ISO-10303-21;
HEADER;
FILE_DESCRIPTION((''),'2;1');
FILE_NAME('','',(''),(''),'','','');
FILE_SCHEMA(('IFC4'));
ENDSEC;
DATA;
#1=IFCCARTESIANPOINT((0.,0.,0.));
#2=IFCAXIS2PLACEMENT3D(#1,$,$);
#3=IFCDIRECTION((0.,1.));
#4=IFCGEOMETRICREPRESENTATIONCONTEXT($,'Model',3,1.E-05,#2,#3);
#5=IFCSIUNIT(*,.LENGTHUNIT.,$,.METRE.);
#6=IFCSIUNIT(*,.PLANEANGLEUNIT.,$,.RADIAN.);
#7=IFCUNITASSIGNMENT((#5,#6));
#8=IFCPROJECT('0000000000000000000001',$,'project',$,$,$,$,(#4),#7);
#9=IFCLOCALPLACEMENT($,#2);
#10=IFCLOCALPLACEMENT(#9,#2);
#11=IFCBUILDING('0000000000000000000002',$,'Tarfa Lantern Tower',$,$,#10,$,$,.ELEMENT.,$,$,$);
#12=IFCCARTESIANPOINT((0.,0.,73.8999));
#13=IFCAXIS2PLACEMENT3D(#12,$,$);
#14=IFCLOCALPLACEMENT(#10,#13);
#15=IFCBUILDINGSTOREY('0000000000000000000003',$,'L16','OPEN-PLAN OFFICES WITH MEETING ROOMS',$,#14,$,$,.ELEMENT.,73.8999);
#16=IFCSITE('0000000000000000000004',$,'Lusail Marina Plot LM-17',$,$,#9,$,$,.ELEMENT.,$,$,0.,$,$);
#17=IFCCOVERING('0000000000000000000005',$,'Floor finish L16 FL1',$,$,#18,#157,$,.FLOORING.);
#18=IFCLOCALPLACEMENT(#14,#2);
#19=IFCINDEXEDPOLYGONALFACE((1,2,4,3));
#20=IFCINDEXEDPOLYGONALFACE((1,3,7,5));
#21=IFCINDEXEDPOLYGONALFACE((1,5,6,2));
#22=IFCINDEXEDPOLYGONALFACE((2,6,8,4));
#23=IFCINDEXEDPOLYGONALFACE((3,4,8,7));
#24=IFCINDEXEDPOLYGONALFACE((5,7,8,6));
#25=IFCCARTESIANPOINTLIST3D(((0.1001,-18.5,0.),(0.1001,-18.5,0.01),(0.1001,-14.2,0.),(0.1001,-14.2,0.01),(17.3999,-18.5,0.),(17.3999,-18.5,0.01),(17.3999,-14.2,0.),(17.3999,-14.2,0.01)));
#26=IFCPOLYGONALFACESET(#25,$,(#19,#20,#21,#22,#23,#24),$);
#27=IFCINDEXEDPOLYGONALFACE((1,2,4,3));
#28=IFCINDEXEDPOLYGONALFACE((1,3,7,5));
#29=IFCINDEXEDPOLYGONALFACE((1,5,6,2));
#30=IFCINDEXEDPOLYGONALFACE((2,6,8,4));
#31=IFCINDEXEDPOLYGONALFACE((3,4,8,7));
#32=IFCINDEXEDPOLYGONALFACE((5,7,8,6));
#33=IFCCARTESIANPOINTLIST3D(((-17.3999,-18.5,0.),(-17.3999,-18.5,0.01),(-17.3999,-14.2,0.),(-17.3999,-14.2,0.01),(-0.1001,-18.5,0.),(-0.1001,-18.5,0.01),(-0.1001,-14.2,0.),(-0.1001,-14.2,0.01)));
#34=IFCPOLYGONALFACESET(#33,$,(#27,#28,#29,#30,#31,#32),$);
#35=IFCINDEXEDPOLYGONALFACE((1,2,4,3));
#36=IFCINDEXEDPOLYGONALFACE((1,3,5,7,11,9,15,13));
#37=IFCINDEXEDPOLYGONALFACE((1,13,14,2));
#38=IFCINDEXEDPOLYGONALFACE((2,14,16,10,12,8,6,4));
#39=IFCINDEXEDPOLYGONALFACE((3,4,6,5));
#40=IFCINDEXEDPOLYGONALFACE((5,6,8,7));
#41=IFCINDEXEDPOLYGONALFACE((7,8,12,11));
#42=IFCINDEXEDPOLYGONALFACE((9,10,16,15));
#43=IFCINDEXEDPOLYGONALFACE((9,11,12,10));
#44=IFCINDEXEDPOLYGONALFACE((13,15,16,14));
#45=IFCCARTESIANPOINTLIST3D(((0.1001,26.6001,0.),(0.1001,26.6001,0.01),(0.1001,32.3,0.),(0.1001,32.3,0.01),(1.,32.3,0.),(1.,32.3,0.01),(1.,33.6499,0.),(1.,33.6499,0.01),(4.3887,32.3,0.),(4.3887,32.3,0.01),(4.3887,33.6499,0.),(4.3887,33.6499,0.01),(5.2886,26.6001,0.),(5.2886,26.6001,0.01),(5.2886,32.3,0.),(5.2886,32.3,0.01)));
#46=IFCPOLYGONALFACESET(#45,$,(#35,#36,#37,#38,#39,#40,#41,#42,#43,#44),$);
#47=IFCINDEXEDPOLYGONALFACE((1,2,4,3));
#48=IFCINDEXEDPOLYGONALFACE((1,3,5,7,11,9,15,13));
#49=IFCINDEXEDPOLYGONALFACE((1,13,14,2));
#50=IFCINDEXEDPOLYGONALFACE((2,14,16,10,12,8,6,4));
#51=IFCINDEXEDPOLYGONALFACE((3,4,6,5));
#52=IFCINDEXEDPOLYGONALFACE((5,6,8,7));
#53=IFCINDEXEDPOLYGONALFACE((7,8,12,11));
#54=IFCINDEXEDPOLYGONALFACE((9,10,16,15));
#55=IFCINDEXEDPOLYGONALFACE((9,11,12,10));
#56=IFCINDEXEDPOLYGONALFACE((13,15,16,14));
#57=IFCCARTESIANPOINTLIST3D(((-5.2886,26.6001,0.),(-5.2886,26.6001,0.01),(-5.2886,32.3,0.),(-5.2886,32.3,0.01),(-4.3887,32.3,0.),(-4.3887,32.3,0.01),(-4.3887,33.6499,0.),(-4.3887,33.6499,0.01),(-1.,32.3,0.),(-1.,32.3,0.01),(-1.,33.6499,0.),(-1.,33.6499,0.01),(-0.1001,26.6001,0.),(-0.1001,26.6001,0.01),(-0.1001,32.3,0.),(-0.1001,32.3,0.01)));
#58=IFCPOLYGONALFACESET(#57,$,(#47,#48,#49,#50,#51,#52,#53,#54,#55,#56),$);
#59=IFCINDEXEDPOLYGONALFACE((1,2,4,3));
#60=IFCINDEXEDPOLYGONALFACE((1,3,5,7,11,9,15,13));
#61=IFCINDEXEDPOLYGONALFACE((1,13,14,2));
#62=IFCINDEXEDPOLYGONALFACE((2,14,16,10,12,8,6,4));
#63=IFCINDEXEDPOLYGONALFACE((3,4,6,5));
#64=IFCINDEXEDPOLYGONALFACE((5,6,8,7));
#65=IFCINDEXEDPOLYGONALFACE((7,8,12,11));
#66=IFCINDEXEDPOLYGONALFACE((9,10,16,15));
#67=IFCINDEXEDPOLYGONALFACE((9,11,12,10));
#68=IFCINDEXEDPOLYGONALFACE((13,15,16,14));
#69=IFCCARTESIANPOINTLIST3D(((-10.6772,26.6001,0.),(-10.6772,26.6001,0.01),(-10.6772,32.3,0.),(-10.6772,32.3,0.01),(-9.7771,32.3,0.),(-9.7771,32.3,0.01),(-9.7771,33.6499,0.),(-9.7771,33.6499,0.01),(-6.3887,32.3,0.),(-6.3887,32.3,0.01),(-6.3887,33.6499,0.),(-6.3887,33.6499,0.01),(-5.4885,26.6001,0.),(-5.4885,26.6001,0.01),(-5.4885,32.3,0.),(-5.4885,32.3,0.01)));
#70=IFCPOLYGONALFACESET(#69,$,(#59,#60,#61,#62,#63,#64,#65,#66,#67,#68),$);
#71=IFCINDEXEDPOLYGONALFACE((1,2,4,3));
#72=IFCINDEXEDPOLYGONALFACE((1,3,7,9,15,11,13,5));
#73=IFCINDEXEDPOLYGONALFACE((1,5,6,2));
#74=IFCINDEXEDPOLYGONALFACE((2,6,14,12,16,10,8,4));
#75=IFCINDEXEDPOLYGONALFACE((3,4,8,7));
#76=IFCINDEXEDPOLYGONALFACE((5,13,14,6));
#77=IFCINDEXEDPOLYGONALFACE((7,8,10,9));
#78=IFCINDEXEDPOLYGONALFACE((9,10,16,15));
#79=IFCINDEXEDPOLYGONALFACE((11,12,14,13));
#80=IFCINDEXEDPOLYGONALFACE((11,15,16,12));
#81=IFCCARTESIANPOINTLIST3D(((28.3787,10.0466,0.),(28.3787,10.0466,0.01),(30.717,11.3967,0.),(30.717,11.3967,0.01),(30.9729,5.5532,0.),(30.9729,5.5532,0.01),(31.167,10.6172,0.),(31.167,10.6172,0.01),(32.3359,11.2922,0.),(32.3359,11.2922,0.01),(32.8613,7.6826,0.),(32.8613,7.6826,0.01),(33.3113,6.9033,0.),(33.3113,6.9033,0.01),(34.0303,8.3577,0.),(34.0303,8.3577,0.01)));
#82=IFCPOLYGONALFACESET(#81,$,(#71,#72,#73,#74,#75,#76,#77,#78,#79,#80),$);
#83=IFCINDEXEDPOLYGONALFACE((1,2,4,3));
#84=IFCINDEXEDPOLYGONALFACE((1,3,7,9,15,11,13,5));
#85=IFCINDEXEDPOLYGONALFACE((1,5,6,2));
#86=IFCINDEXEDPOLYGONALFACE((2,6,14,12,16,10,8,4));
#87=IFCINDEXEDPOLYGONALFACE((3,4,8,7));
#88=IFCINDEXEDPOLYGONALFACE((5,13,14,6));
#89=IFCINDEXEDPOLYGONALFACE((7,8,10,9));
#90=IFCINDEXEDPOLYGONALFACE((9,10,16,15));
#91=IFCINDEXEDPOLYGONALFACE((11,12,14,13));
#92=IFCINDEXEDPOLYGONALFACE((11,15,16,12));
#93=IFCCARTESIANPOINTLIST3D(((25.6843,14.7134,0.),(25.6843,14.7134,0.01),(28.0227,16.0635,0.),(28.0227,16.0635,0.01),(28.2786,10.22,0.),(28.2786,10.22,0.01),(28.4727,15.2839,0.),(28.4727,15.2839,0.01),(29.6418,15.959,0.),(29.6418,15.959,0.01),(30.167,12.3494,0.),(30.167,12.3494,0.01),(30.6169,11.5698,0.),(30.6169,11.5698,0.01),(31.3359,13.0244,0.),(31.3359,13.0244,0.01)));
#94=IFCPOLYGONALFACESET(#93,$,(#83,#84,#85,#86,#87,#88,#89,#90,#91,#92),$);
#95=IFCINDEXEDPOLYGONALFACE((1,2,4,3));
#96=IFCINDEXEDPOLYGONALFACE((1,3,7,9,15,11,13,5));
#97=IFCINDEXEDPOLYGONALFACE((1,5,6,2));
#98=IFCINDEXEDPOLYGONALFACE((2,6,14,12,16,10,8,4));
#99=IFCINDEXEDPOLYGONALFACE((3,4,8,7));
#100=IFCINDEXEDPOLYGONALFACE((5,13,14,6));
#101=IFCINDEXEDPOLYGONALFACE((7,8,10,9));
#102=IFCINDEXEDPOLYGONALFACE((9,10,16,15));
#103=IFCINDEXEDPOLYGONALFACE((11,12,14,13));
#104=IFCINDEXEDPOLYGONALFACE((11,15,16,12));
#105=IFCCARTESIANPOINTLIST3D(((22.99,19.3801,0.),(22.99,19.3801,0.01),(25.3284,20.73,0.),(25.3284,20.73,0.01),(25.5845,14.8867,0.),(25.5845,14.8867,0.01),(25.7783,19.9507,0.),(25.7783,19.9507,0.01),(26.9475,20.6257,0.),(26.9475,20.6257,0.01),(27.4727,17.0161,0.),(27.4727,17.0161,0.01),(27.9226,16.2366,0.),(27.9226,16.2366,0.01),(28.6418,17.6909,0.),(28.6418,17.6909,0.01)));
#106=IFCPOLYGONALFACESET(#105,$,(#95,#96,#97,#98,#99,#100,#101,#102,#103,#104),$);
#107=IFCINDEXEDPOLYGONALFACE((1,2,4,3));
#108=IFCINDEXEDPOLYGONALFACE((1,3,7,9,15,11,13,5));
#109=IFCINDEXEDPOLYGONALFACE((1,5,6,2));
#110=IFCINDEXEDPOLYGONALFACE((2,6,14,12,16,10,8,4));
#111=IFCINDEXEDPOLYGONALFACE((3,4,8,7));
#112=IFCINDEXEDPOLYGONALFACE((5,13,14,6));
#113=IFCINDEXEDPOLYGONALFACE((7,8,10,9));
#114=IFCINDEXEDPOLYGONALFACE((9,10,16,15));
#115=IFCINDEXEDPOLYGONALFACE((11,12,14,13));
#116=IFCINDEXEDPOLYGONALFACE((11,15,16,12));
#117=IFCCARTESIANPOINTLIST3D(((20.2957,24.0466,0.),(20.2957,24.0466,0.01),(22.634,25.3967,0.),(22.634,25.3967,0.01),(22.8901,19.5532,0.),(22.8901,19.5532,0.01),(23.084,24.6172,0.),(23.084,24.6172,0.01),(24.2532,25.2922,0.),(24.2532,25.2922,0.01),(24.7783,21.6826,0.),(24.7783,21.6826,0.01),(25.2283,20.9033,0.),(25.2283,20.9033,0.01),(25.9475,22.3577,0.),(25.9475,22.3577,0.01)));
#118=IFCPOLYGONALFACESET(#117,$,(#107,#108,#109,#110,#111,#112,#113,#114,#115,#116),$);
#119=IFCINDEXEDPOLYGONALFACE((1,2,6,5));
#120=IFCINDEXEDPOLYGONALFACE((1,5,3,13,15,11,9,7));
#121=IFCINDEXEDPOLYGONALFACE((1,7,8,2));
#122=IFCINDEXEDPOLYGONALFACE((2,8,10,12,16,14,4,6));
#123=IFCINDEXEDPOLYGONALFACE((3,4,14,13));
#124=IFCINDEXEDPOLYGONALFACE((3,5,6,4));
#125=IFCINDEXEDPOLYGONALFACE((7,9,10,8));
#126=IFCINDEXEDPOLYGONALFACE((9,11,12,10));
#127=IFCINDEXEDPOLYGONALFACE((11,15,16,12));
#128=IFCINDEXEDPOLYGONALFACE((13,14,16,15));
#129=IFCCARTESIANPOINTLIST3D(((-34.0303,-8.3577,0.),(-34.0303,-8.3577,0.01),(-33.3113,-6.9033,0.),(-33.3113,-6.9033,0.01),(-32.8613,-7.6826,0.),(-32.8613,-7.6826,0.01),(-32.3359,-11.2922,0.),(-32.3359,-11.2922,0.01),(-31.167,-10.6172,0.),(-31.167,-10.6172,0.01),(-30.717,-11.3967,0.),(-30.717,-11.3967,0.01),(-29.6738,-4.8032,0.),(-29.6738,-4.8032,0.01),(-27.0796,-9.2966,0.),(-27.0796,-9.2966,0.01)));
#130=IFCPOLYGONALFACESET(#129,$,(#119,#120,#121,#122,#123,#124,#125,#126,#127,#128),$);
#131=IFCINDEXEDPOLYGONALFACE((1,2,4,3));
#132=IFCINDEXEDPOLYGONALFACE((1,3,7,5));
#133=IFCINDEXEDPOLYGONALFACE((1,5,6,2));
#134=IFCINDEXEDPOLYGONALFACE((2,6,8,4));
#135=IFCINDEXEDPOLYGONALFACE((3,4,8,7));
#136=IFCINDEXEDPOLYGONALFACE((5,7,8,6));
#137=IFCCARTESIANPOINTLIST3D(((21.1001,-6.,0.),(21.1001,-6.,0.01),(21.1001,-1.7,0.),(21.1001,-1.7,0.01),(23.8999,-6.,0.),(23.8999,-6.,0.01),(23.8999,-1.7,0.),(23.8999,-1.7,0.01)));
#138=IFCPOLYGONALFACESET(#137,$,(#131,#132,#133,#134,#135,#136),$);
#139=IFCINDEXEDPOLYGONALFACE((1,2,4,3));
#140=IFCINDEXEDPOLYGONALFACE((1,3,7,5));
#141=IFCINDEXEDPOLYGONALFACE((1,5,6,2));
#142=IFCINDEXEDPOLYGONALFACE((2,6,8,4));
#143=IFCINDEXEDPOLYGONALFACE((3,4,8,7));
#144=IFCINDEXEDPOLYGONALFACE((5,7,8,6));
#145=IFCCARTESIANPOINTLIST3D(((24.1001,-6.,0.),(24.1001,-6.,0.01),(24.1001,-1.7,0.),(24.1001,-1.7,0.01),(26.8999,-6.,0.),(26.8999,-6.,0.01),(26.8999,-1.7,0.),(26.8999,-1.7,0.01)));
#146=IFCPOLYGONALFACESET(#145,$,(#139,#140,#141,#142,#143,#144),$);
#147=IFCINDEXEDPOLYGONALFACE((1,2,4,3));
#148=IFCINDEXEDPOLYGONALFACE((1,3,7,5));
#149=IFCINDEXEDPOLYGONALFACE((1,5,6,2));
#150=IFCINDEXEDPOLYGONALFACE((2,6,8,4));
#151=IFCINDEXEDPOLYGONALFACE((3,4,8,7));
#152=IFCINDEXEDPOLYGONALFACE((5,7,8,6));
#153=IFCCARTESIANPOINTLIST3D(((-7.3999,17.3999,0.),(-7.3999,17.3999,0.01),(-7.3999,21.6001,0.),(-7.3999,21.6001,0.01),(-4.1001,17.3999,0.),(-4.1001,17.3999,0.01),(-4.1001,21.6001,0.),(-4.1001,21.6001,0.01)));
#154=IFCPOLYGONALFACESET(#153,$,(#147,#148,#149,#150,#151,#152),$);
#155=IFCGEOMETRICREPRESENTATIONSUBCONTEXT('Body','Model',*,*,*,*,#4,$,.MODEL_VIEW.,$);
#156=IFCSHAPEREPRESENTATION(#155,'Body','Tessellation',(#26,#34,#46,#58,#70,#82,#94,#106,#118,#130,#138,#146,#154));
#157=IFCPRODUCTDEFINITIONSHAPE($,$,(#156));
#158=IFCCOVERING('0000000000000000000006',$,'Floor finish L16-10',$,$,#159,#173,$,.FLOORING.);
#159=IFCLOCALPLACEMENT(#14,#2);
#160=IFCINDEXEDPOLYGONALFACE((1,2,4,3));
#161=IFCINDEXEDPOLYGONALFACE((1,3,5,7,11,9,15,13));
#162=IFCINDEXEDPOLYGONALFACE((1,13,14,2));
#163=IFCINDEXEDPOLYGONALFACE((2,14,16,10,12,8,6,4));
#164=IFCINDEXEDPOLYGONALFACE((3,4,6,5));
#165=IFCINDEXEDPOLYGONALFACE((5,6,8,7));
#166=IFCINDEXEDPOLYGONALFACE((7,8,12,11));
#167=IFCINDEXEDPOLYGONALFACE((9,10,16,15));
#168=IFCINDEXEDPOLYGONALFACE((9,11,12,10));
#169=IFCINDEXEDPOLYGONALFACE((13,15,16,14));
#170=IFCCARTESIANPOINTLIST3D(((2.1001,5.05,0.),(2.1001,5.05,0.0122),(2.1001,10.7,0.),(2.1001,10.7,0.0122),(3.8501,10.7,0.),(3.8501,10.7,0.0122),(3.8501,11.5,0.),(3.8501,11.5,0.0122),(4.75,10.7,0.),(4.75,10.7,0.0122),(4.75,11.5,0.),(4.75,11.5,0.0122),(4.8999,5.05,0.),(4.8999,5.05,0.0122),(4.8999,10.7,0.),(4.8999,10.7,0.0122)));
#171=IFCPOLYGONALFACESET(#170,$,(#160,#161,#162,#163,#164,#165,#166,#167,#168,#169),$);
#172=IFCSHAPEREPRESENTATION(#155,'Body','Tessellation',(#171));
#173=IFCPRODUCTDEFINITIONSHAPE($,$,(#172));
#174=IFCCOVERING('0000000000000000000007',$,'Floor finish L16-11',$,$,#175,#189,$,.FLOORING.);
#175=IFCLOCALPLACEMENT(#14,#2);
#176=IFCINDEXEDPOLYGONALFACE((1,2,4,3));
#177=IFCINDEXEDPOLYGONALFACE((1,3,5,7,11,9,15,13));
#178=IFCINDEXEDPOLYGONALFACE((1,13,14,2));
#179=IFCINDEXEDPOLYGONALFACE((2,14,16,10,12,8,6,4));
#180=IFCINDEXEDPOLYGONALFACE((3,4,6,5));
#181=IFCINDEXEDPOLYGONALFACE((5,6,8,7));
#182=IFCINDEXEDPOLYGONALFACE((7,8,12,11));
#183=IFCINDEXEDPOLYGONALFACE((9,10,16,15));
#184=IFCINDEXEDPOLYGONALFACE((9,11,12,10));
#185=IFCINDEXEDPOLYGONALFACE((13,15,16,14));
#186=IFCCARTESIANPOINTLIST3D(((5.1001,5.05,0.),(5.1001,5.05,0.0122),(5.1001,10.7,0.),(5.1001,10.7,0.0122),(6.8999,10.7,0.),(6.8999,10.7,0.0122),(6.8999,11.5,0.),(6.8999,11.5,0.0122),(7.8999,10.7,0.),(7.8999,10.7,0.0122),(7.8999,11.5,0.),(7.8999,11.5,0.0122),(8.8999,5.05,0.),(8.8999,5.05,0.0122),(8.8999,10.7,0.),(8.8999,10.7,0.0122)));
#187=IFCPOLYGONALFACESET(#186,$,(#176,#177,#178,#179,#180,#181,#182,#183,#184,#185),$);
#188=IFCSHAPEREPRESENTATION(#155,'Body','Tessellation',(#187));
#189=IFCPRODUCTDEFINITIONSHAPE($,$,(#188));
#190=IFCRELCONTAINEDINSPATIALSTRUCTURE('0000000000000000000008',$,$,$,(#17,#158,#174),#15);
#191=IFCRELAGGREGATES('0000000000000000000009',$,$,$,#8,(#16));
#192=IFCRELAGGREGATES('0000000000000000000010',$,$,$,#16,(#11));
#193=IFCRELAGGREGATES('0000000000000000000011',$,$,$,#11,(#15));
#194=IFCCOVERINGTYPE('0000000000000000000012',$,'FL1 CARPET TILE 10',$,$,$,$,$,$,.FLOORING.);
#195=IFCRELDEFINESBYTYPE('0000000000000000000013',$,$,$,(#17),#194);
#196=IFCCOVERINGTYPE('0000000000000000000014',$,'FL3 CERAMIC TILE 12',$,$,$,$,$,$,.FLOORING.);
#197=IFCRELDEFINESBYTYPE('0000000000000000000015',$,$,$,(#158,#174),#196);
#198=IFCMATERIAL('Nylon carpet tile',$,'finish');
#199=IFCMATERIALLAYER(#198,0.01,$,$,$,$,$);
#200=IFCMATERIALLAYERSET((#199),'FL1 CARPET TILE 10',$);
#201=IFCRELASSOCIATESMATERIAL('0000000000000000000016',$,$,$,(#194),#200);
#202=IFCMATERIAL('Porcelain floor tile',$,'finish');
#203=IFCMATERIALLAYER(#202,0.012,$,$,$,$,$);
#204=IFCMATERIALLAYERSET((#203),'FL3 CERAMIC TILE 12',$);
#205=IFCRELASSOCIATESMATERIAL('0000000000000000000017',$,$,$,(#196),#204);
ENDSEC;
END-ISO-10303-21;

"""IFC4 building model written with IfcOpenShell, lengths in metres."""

from ifc_helpers import new_model, si_unit, direction, frame, origin, place, context, subcontext, project, spatial, polyline, outline, extrude, material, layer, layer_set, type_object, element, save


model = new_model("IFC4")

# Units and contexts
model_context = context("Model", 3, precision=1e-05, world=origin(), true_north=direction((0.0, 1.0)))
body_context = subcontext(model_context, "Body", "Model", "MODEL_VIEW")
ifc_project = project(units=[si_unit("LENGTHUNIT", "METRE"), si_unit("PLANEANGLEUNIT", "RADIAN")], contexts=[model_context])

# Site, building, storey
site_placement = place(None, origin())
site = spatial("IfcSite", under=ifc_project, at=site_placement, Name="Lusail Marina Plot LM-17", CompositionType="ELEMENT", RefElevation=0.0)
building_placement = place(site_placement, origin())
building = spatial("IfcBuilding", under=site, at=building_placement, Name="Tarfa Lantern Tower", CompositionType="ELEMENT")
storey_placement = place(building_placement, frame((0.0, 0.0, 73.8999)))
storey = spatial("IfcBuildingStorey", under=building, at=storey_placement, Name="L16", Description="OPEN-PLAN OFFICES WITH MEETING ROOMS", CompositionType="ELEMENT", Elevation=73.8999)

# Coverings
ifc_material_1 = material(Name="Nylon carpet tile", Category="finish")
ifc_layer_1 = layer(ifc_material_1, 0.01)
ifc_layer_set_1 = layer_set([ifc_layer_1], Name="FL1 CARPET TILE 10")
covering_type_1 = type_object("IfcCoveringType", Name="FL1 CARPET TILE 10", PredefinedType="FLOORING", material=ifc_layer_set_1)
covering_1_placement = place(storey_placement, origin())
element("IfcCovering", 1, at=covering_1_placement, inside=storey, type_object=covering_type_1, Name="Floor finish L16 FL1", PredefinedType="FLOORING", context=body_context, shape_type="SweptSolid", body=[
    extrude(outline(polyline([(0.1001, -14.2), (17.3999, -14.2), (17.3999, -18.5), (0.1001, -18.5), (0.1001, -14.2)])), origin(), (0.0, 0.0, 1.0), 0.01),
    extrude(outline(polyline([(-17.3999, -14.2), (-0.1001, -14.2), (-0.1001, -18.5), (-17.3999, -18.5), (-17.3999, -14.2)])), origin(), (0.0, 0.0, 1.0), 0.01),
    extrude(outline(polyline([(5.2886, 26.6001), (0.1001, 26.6001), (0.1001, 32.3), (1.0, 32.3), (1.0, 33.6499), (4.3887, 33.6499), (4.3887, 32.3), (5.2886, 32.3), (5.2886, 26.6001)])), origin(), (0.0, 0.0, 1.0), 0.01),
    extrude(outline(polyline([(-0.1001, 26.6001), (-5.2886, 26.6001), (-5.2886, 32.3), (-4.3887, 32.3), (-4.3887, 33.6499), (-1.0, 33.6499), (-1.0, 32.3), (-0.1001, 32.3), (-0.1001, 26.6001)])), origin(), (0.0, 0.0, 1.0), 0.01),
    extrude(outline(polyline([(-5.4885, 26.6001), (-10.6772, 26.6001), (-10.6772, 32.3), (-9.7771, 32.3), (-9.7771, 33.6499), (-6.3887, 33.6499), (-6.3887, 32.3), (-5.4885, 32.3), (-5.4885, 26.6001)])), origin(), (0.0, 0.0, 1.0), 0.01),
    extrude(outline(polyline([(28.3787, 10.0466), (30.717, 11.3967), (31.167, 10.6172), (32.3359, 11.2922), (34.0303, 8.3577), (32.8613, 7.6826), (33.3113, 6.9033), (30.9729, 5.5532), (28.3787, 10.0466)])), origin(), (0.0, 0.0, 1.0), 0.01),
    extrude(outline(polyline([(25.6843, 14.7134), (28.0227, 16.0635), (28.4727, 15.2839), (29.6418, 15.959), (31.3359, 13.0244), (30.167, 12.3494), (30.6169, 11.5698), (28.2786, 10.22), (25.6843, 14.7134)])), origin(), (0.0, 0.0, 1.0), 0.01),
    extrude(outline(polyline([(22.99, 19.3801), (25.3284, 20.73), (25.7783, 19.9507), (26.9475, 20.6257), (28.6418, 17.6909), (27.4727, 17.0161), (27.9226, 16.2366), (25.5845, 14.8867), (22.99, 19.3801)])), origin(), (0.0, 0.0, 1.0), 0.01),
    extrude(outline(polyline([(20.2957, 24.0466), (22.634, 25.3967), (23.084, 24.6172), (24.2532, 25.2922), (25.9475, 22.3577), (24.7783, 21.6826), (25.2283, 20.9033), (22.8901, 19.5532), (20.2957, 24.0466)])), origin(), (0.0, 0.0, 1.0), 0.01),
    extrude(outline(polyline([(-27.0796, -9.2966), (-30.717, -11.3967), (-31.167, -10.6172), (-32.3359, -11.2922), (-34.0303, -8.3577), (-32.8613, -7.6826), (-33.3113, -6.9033), (-29.6738, -4.8032), (-27.0796, -9.2966)])), origin(), (0.0, 0.0, 1.0), 0.01),
    extrude(outline(polyline([(21.1001, -1.7), (23.8999, -1.7), (23.8999, -6.0), (21.1001, -6.0), (21.1001, -1.7)])), origin(), (0.0, 0.0, 1.0), 0.01),
    extrude(outline(polyline([(24.1001, -1.7), (26.8999, -1.7), (26.8999, -6.0), (24.1001, -6.0), (24.1001, -1.7)])), origin(), (0.0, 0.0, 1.0), 0.01),
    extrude(outline(polyline([(-7.3999, 21.6001), (-4.1001, 21.6001), (-4.1001, 17.3999), (-7.3999, 17.3999), (-7.3999, 21.6001)])), origin(), (0.0, 0.0, 1.0), 0.01),
])
ifc_material_2 = material(Name="Porcelain floor tile", Category="finish")
ifc_layer_2 = layer(ifc_material_2, 0.012)
ifc_layer_set_2 = layer_set([ifc_layer_2], Name="FL3 CERAMIC TILE 12")
covering_type_2 = type_object("IfcCoveringType", Name="FL3 CERAMIC TILE 12", PredefinedType="FLOORING", material=ifc_layer_set_2)
covering_2_placement = place(storey_placement, origin())
element("IfcCovering", 2, at=covering_2_placement, inside=storey, type_object=covering_type_2, Name="Floor finish L16-10", PredefinedType="FLOORING", context=body_context, shape_type="SweptSolid", body=[
    extrude(outline(polyline([(2.1001, 5.05), (4.8999, 5.05), (4.8999, 10.7), (4.75, 10.7), (4.75, 11.5), (3.8501, 11.5), (3.8501, 10.7), (2.1001, 10.7), (2.1001, 5.05)])), origin(), (0.0, 0.0, 1.0), 0.0122),
])
covering_3_placement = place(storey_placement, origin())
element("IfcCovering", 3, at=covering_3_placement, inside=storey, type_object=covering_type_2, Name="Floor finish L16-11", PredefinedType="FLOORING", context=body_context, shape_type="SweptSolid", body=[
    extrude(outline(polyline([(5.1001, 5.05), (8.8999, 5.05), (8.8999, 10.7), (7.8999, 10.7), (7.8999, 11.5), (6.8999, 11.5), (6.8999, 10.7), (5.1001, 10.7), (5.1001, 5.05)])), origin(), (0.0, 0.0, 1.0), 0.0122),
])

save(model, "model.ifc")
